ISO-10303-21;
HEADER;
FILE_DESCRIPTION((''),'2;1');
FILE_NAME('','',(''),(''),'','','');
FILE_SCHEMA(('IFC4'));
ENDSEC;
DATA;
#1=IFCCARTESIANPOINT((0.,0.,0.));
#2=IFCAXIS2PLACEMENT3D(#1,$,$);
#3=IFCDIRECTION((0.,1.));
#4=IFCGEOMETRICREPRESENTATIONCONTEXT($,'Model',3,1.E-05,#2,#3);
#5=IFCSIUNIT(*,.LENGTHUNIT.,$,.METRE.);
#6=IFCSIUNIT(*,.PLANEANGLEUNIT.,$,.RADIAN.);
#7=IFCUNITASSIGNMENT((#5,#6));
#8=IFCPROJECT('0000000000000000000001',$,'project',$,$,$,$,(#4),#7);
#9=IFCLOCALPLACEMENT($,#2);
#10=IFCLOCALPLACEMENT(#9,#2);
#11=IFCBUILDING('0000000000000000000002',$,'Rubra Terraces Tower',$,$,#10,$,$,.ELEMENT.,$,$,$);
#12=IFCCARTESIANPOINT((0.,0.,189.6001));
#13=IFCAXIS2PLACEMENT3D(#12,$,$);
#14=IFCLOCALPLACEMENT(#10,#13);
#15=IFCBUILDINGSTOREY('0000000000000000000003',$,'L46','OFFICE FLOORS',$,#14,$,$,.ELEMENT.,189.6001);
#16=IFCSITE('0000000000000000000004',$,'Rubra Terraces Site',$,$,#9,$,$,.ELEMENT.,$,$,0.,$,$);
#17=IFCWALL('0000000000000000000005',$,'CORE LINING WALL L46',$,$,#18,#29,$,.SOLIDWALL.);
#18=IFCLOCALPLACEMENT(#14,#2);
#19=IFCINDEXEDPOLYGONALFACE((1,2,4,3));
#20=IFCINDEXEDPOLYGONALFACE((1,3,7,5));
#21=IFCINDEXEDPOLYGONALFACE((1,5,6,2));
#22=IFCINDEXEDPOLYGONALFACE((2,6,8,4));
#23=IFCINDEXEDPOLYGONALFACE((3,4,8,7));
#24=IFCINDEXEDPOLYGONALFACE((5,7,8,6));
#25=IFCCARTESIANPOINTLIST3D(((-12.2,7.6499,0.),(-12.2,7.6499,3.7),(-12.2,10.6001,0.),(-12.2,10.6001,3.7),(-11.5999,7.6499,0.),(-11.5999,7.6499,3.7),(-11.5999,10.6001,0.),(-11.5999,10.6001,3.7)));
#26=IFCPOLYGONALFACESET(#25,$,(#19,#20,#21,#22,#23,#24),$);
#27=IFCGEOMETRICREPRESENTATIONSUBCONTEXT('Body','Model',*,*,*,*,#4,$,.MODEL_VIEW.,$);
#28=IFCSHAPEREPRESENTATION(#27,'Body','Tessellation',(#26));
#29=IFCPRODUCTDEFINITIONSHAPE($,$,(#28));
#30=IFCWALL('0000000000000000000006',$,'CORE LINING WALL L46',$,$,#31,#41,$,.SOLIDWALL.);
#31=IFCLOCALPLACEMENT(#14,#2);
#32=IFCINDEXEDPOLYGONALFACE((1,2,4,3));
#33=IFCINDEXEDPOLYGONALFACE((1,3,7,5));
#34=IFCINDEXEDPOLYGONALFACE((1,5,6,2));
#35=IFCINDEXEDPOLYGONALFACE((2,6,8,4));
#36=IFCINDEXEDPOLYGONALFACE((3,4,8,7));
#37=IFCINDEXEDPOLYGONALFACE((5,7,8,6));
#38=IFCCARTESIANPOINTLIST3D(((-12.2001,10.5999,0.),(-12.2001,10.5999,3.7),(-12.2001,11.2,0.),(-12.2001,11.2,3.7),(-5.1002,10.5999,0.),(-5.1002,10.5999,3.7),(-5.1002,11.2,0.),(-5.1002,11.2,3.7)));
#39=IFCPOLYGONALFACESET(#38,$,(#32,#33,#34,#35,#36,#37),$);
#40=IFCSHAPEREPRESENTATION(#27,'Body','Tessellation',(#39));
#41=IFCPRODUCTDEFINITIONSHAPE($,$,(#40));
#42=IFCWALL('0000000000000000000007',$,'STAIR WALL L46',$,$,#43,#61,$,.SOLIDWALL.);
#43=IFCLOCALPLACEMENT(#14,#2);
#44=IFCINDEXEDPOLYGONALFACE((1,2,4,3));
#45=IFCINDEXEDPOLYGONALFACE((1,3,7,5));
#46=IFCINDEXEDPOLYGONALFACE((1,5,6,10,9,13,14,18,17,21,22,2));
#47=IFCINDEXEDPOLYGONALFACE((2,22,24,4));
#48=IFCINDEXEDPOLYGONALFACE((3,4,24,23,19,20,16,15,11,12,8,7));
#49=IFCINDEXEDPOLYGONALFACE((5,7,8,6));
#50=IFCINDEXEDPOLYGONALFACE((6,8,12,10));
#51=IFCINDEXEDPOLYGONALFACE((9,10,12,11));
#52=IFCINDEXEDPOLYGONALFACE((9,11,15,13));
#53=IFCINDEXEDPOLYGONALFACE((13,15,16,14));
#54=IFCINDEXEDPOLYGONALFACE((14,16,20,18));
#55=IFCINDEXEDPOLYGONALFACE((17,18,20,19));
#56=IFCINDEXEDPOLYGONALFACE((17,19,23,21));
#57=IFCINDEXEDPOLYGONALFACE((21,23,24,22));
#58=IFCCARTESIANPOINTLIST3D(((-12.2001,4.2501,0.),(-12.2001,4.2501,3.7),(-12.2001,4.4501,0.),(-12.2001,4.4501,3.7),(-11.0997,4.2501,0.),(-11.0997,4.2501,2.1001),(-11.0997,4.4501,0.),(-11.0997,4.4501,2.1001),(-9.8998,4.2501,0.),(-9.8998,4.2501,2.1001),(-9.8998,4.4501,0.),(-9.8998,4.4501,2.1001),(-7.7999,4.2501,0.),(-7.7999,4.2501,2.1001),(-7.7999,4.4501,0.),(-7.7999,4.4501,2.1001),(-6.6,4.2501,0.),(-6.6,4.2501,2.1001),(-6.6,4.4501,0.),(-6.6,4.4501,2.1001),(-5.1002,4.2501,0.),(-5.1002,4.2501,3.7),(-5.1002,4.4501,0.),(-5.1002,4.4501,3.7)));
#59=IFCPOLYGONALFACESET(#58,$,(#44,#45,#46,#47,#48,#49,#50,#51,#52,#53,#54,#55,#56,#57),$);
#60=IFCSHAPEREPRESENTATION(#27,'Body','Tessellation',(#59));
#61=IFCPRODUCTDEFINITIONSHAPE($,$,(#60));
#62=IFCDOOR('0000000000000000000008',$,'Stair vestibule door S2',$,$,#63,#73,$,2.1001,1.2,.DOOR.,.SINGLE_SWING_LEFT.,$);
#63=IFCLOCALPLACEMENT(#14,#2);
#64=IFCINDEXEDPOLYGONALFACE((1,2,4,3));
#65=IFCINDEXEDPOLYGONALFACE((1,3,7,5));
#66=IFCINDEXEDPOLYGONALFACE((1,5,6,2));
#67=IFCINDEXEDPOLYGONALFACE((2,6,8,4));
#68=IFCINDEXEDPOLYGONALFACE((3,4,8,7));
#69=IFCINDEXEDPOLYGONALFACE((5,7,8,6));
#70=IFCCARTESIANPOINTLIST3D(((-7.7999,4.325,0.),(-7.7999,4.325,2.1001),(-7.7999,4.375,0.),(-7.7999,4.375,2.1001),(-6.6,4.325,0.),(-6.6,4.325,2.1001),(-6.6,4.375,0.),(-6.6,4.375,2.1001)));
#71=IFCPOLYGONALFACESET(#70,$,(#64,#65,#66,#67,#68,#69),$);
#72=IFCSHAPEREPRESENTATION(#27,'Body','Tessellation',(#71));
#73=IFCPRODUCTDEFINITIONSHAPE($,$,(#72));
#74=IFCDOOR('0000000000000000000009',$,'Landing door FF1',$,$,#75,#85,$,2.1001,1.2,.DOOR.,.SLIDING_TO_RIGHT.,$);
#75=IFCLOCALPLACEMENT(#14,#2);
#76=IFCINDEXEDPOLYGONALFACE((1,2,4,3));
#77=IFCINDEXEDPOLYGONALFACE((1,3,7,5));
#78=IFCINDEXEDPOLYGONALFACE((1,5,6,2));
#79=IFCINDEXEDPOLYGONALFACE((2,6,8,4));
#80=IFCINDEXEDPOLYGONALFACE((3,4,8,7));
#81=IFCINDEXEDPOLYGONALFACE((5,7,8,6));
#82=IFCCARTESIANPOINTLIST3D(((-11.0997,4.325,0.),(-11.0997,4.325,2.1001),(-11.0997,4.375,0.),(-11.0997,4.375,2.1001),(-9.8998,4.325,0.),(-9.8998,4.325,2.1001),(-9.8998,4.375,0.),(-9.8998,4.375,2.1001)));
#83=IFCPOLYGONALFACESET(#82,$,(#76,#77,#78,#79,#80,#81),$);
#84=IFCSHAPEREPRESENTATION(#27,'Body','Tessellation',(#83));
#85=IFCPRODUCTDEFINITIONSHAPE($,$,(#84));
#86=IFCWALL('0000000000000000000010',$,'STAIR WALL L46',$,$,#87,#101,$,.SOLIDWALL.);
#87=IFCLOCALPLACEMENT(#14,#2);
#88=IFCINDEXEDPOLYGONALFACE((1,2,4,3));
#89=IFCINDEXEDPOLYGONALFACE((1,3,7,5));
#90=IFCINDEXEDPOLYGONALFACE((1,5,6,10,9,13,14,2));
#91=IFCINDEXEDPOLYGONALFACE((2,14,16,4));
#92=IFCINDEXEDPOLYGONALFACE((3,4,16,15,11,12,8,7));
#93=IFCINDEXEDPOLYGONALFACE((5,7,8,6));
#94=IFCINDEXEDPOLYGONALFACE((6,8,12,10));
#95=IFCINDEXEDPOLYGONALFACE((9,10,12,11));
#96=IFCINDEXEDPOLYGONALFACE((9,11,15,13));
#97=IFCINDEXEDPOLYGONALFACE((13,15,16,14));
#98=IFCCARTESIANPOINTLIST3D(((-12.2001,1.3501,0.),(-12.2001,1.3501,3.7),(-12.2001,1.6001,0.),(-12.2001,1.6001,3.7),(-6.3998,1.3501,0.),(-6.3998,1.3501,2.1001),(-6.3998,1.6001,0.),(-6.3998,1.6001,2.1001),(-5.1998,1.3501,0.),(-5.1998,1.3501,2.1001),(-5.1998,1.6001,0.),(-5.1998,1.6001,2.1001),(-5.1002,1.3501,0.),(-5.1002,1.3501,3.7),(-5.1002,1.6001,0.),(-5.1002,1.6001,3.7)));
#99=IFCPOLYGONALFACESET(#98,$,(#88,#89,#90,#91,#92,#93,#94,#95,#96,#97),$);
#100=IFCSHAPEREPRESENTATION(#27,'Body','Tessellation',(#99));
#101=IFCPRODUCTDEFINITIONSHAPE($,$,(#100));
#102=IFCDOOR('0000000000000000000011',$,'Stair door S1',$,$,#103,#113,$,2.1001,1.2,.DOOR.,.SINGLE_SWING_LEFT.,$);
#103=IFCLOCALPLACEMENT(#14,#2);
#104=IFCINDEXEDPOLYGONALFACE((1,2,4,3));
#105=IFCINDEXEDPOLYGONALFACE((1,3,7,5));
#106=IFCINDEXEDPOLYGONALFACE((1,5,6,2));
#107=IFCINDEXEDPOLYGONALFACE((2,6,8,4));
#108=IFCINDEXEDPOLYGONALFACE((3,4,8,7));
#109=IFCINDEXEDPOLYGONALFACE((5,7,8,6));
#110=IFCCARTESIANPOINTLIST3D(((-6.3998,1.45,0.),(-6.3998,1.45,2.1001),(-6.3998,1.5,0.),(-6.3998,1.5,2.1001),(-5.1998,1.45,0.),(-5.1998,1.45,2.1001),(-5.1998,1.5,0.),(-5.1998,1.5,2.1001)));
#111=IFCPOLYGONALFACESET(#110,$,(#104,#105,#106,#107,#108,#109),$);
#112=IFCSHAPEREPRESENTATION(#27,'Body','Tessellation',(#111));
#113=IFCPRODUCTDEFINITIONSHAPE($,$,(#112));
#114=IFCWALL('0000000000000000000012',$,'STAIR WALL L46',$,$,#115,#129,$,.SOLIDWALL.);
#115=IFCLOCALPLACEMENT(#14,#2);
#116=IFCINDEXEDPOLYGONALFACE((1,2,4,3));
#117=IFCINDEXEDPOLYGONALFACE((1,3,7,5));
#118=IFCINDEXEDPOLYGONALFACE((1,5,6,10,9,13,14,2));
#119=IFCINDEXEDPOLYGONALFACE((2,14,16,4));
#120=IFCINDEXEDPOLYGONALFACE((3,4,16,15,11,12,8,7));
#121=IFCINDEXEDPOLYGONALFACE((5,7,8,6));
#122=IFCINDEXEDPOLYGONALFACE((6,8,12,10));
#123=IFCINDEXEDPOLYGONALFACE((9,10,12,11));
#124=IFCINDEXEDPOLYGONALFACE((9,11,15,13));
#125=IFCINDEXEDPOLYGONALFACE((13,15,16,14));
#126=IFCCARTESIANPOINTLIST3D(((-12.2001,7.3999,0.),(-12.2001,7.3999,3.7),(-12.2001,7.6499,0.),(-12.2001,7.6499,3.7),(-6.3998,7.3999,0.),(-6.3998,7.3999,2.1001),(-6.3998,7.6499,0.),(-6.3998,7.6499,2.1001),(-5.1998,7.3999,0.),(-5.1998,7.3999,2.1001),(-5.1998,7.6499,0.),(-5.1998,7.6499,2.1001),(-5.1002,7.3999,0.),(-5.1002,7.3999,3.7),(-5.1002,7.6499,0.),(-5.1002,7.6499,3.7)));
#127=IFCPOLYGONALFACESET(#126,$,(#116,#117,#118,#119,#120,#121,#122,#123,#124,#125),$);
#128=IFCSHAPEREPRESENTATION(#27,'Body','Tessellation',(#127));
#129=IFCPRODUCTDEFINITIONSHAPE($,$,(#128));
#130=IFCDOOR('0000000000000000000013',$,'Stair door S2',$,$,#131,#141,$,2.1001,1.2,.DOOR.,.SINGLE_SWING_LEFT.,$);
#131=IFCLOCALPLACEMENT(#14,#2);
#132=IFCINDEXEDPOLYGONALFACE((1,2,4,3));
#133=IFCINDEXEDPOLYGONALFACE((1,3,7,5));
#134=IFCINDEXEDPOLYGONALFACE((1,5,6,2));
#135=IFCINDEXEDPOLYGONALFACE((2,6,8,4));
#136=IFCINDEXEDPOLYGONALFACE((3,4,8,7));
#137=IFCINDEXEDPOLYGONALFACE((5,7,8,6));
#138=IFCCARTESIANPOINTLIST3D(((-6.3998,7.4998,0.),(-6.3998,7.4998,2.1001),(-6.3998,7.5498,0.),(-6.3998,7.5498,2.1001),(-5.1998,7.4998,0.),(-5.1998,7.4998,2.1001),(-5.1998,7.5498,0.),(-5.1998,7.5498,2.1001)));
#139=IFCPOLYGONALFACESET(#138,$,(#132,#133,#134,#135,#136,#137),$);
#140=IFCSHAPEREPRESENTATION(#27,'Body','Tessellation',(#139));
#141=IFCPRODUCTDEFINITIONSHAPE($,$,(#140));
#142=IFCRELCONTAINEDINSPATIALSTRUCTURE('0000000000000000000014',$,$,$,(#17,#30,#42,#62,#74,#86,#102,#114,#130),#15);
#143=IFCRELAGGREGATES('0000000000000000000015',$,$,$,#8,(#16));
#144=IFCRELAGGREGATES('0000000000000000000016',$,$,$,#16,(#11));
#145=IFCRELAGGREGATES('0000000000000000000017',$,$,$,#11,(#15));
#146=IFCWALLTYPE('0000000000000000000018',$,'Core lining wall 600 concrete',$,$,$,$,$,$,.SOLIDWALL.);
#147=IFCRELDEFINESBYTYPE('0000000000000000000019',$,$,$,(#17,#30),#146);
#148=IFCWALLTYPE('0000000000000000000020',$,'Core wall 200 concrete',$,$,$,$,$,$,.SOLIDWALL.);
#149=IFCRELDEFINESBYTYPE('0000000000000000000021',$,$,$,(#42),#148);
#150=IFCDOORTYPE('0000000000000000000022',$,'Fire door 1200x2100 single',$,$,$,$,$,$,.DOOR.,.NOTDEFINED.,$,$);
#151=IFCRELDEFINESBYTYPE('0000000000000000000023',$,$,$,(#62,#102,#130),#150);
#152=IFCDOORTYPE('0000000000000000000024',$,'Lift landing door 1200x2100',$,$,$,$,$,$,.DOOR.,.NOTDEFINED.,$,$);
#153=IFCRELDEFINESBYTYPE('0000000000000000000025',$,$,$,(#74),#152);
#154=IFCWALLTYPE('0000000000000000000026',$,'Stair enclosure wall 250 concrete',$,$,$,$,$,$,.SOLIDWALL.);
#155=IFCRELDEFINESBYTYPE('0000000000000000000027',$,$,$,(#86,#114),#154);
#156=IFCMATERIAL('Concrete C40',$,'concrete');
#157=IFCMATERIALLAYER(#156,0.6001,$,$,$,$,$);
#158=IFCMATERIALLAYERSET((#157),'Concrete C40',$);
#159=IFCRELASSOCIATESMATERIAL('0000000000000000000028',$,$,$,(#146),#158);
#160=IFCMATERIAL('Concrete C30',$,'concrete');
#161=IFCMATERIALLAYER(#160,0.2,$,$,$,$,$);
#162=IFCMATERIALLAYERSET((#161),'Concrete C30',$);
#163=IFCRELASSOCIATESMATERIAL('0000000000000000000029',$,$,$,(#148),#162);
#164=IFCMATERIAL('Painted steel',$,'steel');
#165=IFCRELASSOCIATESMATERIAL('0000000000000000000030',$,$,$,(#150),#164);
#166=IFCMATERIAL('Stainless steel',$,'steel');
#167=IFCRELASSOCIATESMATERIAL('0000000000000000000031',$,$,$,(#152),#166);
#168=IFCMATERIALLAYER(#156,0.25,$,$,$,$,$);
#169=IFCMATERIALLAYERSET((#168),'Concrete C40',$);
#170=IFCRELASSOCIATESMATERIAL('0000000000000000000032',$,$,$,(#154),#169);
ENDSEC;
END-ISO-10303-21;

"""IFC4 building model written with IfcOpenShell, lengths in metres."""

from ifc_helpers import new_model, si_unit, direction, frame, frame_2d, origin, place, context, subcontext, project, spatial, rectangle, extrude, material, layer, layer_set, type_object, element, fill, save


model = new_model("IFC4")

# Units and contexts
model_context = context("Model", 3, precision=1e-05, world=origin(), true_north=direction((0.0, 1.0)))
body_context = subcontext(model_context, "Body", "Model", "MODEL_VIEW")
ifc_project = project(units=[si_unit("LENGTHUNIT", "METRE"), si_unit("PLANEANGLEUNIT", "RADIAN")], contexts=[model_context])

# Site, building, storey
site_placement = place(None, origin())
site = spatial("IfcSite", under=ifc_project, at=site_placement, Name="Rubra Terraces Site", CompositionType="ELEMENT", RefElevation=0.0)
building_placement = place(site_placement, origin())
building = spatial("IfcBuilding", under=site, at=building_placement, Name="Rubra Terraces Tower", CompositionType="ELEMENT")
storey_placement = place(building_placement, frame((0.0, 0.0, 189.6001)))
storey = spatial("IfcBuildingStorey", under=building, at=storey_placement, Name="L46", Description="OFFICE FLOORS", CompositionType="ELEMENT", Elevation=189.6001)

# Shared definitions
ifc_material_1 = material(Name="Painted steel", Category="steel")

# Walls
ifc_material_2 = material(Name="Concrete C40", Category="concrete")
ifc_layer_1 = layer(ifc_material_2, 0.6001)
ifc_layer_set_1 = layer_set([ifc_layer_1], Name="Concrete C40")
wall_type_1 = type_object("IfcWallType", Name="Core lining wall 600 concrete", PredefinedType="SOLIDWALL", material=ifc_layer_set_1)
wall_1_placement = place(storey_placement, frame((-11.8999, 7.6499, 0.0), z_axis=(0.0, 0.0, 1.0), x_axis=(0.0, 1.0, 0.0)))
element("IfcWall", 1, at=wall_1_placement, inside=storey, type_object=wall_type_1, Name="CORE LINING WALL L46", PredefinedType="SOLIDWALL", context=body_context, shape_type="SweptSolid", body=[
    extrude(rectangle(XDim=2.9502, YDim=0.6001, at=frame_2d((1.4751, 0.0))), origin(), (0.0, 0.0, 1.0), 3.7),
])
wall_2_placement = place(storey_placement, frame((-12.2, 10.8999, 0.0), z_axis=(0.0, 0.0, 1.0), x_axis=(1.0, 0.0, 0.0)))
element("IfcWall", 2, at=wall_2_placement, inside=storey, type_object=wall_type_1, Name="CORE LINING WALL L46", PredefinedType="SOLIDWALL", context=body_context, shape_type="SweptSolid", body=[
    extrude(rectangle(XDim=7.0999, YDim=0.6001, at=frame_2d((3.5498, 0.0))), origin(), (0.0, 0.0, 1.0), 3.7),
])

# Wall, openings, doors
ifc_material_3 = material(Name="Concrete C30", Category="concrete")
ifc_layer_2 = layer(ifc_material_3, 0.2)
ifc_layer_set_2 = layer_set([ifc_layer_2], Name="Concrete C30")
wall_type_2 = type_object("IfcWallType", Name="Core wall 200 concrete", PredefinedType="SOLIDWALL", material=ifc_layer_set_2)
wall_3_placement = place(storey_placement, frame((-12.2, 4.3501, 0.0), z_axis=(0.0, 0.0, 1.0), x_axis=(1.0, 0.0, 0.0)))
wall_3 = element("IfcWall", 3, at=wall_3_placement, inside=storey, type_object=wall_type_2, Name="STAIR WALL L46", PredefinedType="SOLIDWALL", context=body_context, shape_type="SweptSolid", body=[
    extrude(rectangle(XDim=7.0999, YDim=0.2, at=frame_2d((3.5498, 0.0))), origin(), (0.0, 0.0, 1.0), 3.7),
])
opening_1_placement = place(wall_3_placement, frame((4.3999, 0.0, 0.0)))
opening_1 = element("IfcOpeningElement", 4, at=opening_1_placement, cuts=wall_3, PredefinedType="OPENING", context=body_context, shape_type="SweptSolid", body=[
    extrude(rectangle(XDim=1.2, YDim=2.1001, at=frame_2d((0.6001, 1.05))), frame((0.0, 0.1099, 0.0), z_axis=(0.0, -1.0, 0.0), x_axis=(1.0, 0.0, 0.0)), (0.0, 0.0, 1.0), 0.22),
])
opening_2_placement = place(wall_3_placement, frame((1.1001, 0.0, 0.0)))
opening_2 = element("IfcOpeningElement", 5, at=opening_2_placement, cuts=wall_3, PredefinedType="OPENING", context=body_context, shape_type="SweptSolid", body=[
    extrude(rectangle(XDim=1.2, YDim=2.1001, at=frame_2d((0.6001, 1.05))), frame((0.0, 0.1099, 0.0), z_axis=(0.0, -1.0, 0.0), x_axis=(1.0, 0.0, 0.0)), (0.0, 0.0, 1.0), 0.22),
])
door_type_1 = type_object("IfcDoorType", Name="Fire door 1200x2100 single", OperationType="NOTDEFINED", PredefinedType="DOOR", material=ifc_material_1)
door_1_placement = place(opening_1_placement, origin())
door_1 = element("IfcDoor", 6, at=door_1_placement, inside=storey, type_object=door_type_1, Name="Stair vestibule door S2", OperationType="SINGLE_SWING_LEFT", OverallHeight=2.1001, OverallWidth=1.2, PredefinedType="DOOR", context=body_context, shape_type="SweptSolid", body=[
    extrude(rectangle(XDim=1.2, YDim=2.1001, at=frame_2d((0.6001, 1.05))), frame((0.0, 0.0249, 0.0), z_axis=(0.0, -1.0, 0.0), x_axis=(1.0, 0.0, 0.0)), (0.0, 0.0, 1.0), 0.05),
])
fill(opening_1, door_1)
ifc_material_4 = material(Name="Stainless steel", Category="steel")
door_type_2 = type_object("IfcDoorType", Name="Lift landing door 1200x2100", OperationType="NOTDEFINED", PredefinedType="DOOR", material=ifc_material_4)
door_2_placement = place(opening_2_placement, origin())
door_2 = element("IfcDoor", 7, at=door_2_placement, inside=storey, type_object=door_type_2, Name="Landing door FF1", OperationType="SLIDING_TO_RIGHT", OverallHeight=2.1001, OverallWidth=1.2, PredefinedType="DOOR", context=body_context, shape_type="SweptSolid", body=[
    extrude(rectangle(XDim=1.2, YDim=2.1001, at=frame_2d((0.6001, 1.05))), frame((0.0, 0.0249, 0.0), z_axis=(0.0, -1.0, 0.0), x_axis=(1.0, 0.0, 0.0)), (0.0, 0.0, 1.0), 0.05),
])
fill(opening_2, door_2)

# Walls, openings, doors
ifc_layer_3 = layer(ifc_material_2, 0.25)
ifc_layer_set_3 = layer_set([ifc_layer_3], Name="Concrete C40")
wall_type_3 = type_object("IfcWallType", Name="Stair enclosure wall 250 concrete", PredefinedType="SOLIDWALL", material=ifc_layer_set_3)
wall_4_placement = place(storey_placement, frame((-12.2, 1.4751, 0.0), z_axis=(0.0, 0.0, 1.0), x_axis=(1.0, 0.0, 0.0)))
wall_4 = element("IfcWall", 8, at=wall_4_placement, inside=storey, type_object=wall_type_3, Name="STAIR WALL L46", PredefinedType="SOLIDWALL", context=body_context, shape_type="SweptSolid", body=[
    extrude(rectangle(XDim=7.0999, YDim=0.25, at=frame_2d((3.5498, 0.0))), origin(), (0.0, 0.0, 1.0), 3.7),
])
opening_3_placement = place(wall_4_placement, frame((5.8, 0.0, 0.0)))
opening_3 = element("IfcOpeningElement", 9, at=opening_3_placement, cuts=wall_4, PredefinedType="OPENING", context=body_context, shape_type="SweptSolid", body=[
    extrude(rectangle(XDim=1.2, YDim=2.1001, at=frame_2d((0.6001, 1.05))), frame((0.0, 0.135, 0.0), z_axis=(0.0, -1.0, 0.0), x_axis=(1.0, 0.0, 0.0)), (0.0, 0.0, 1.0), 0.27),
])
door_3_placement = place(opening_3_placement, origin())
door_3 = element("IfcDoor", 10, at=door_3_placement, inside=storey, type_object=door_type_1, Name="Stair door S1", OperationType="SINGLE_SWING_LEFT", OverallHeight=2.1001, OverallWidth=1.2, PredefinedType="DOOR", context=body_context, shape_type="SweptSolid", body=[
    extrude(rectangle(XDim=1.2, YDim=2.1001, at=frame_2d((0.6001, 1.05))), frame((0.0, 0.0249, 0.0), z_axis=(0.0, -1.0, 0.0), x_axis=(1.0, 0.0, 0.0)), (0.0, 0.0, 1.0), 0.05),
])
fill(opening_3, door_3)
wall_5_placement = place(storey_placement, frame((-12.2, 7.5249, 0.0), z_axis=(0.0, 0.0, 1.0), x_axis=(1.0, 0.0, 0.0)))
wall_5 = element("IfcWall", 11, at=wall_5_placement, inside=storey, type_object=wall_type_3, Name="STAIR WALL L46", PredefinedType="SOLIDWALL", context=body_context, shape_type="SweptSolid", body=[
    extrude(rectangle(XDim=7.0999, YDim=0.25, at=frame_2d((3.5498, 0.0))), origin(), (0.0, 0.0, 1.0), 3.7),
])
opening_4_placement = place(wall_5_placement, frame((5.8, 0.0, 0.0)))
opening_4 = element("IfcOpeningElement", 12, at=opening_4_placement, cuts=wall_5, PredefinedType="OPENING", context=body_context, shape_type="SweptSolid", body=[
    extrude(rectangle(XDim=1.2, YDim=2.1001, at=frame_2d((0.6001, 1.05))), frame((0.0, 0.135, 0.0), z_axis=(0.0, -1.0, 0.0), x_axis=(1.0, 0.0, 0.0)), (0.0, 0.0, 1.0), 0.27),
])
door_4_placement = place(opening_4_placement, origin())
door_4 = element("IfcDoor", 13, at=door_4_placement, inside=storey, type_object=door_type_1, Name="Stair door S2", OperationType="SINGLE_SWING_LEFT", OverallHeight=2.1001, OverallWidth=1.2, PredefinedType="DOOR", context=body_context, shape_type="SweptSolid", body=[
    extrude(rectangle(XDim=1.2, YDim=2.1001, at=frame_2d((0.6001, 1.05))), frame((0.0, 0.0249, 0.0), z_axis=(0.0, -1.0, 0.0), x_axis=(1.0, 0.0, 0.0)), (0.0, 0.0, 1.0), 0.05),
])
fill(opening_4, door_4)

save(model, "model.ifc")
